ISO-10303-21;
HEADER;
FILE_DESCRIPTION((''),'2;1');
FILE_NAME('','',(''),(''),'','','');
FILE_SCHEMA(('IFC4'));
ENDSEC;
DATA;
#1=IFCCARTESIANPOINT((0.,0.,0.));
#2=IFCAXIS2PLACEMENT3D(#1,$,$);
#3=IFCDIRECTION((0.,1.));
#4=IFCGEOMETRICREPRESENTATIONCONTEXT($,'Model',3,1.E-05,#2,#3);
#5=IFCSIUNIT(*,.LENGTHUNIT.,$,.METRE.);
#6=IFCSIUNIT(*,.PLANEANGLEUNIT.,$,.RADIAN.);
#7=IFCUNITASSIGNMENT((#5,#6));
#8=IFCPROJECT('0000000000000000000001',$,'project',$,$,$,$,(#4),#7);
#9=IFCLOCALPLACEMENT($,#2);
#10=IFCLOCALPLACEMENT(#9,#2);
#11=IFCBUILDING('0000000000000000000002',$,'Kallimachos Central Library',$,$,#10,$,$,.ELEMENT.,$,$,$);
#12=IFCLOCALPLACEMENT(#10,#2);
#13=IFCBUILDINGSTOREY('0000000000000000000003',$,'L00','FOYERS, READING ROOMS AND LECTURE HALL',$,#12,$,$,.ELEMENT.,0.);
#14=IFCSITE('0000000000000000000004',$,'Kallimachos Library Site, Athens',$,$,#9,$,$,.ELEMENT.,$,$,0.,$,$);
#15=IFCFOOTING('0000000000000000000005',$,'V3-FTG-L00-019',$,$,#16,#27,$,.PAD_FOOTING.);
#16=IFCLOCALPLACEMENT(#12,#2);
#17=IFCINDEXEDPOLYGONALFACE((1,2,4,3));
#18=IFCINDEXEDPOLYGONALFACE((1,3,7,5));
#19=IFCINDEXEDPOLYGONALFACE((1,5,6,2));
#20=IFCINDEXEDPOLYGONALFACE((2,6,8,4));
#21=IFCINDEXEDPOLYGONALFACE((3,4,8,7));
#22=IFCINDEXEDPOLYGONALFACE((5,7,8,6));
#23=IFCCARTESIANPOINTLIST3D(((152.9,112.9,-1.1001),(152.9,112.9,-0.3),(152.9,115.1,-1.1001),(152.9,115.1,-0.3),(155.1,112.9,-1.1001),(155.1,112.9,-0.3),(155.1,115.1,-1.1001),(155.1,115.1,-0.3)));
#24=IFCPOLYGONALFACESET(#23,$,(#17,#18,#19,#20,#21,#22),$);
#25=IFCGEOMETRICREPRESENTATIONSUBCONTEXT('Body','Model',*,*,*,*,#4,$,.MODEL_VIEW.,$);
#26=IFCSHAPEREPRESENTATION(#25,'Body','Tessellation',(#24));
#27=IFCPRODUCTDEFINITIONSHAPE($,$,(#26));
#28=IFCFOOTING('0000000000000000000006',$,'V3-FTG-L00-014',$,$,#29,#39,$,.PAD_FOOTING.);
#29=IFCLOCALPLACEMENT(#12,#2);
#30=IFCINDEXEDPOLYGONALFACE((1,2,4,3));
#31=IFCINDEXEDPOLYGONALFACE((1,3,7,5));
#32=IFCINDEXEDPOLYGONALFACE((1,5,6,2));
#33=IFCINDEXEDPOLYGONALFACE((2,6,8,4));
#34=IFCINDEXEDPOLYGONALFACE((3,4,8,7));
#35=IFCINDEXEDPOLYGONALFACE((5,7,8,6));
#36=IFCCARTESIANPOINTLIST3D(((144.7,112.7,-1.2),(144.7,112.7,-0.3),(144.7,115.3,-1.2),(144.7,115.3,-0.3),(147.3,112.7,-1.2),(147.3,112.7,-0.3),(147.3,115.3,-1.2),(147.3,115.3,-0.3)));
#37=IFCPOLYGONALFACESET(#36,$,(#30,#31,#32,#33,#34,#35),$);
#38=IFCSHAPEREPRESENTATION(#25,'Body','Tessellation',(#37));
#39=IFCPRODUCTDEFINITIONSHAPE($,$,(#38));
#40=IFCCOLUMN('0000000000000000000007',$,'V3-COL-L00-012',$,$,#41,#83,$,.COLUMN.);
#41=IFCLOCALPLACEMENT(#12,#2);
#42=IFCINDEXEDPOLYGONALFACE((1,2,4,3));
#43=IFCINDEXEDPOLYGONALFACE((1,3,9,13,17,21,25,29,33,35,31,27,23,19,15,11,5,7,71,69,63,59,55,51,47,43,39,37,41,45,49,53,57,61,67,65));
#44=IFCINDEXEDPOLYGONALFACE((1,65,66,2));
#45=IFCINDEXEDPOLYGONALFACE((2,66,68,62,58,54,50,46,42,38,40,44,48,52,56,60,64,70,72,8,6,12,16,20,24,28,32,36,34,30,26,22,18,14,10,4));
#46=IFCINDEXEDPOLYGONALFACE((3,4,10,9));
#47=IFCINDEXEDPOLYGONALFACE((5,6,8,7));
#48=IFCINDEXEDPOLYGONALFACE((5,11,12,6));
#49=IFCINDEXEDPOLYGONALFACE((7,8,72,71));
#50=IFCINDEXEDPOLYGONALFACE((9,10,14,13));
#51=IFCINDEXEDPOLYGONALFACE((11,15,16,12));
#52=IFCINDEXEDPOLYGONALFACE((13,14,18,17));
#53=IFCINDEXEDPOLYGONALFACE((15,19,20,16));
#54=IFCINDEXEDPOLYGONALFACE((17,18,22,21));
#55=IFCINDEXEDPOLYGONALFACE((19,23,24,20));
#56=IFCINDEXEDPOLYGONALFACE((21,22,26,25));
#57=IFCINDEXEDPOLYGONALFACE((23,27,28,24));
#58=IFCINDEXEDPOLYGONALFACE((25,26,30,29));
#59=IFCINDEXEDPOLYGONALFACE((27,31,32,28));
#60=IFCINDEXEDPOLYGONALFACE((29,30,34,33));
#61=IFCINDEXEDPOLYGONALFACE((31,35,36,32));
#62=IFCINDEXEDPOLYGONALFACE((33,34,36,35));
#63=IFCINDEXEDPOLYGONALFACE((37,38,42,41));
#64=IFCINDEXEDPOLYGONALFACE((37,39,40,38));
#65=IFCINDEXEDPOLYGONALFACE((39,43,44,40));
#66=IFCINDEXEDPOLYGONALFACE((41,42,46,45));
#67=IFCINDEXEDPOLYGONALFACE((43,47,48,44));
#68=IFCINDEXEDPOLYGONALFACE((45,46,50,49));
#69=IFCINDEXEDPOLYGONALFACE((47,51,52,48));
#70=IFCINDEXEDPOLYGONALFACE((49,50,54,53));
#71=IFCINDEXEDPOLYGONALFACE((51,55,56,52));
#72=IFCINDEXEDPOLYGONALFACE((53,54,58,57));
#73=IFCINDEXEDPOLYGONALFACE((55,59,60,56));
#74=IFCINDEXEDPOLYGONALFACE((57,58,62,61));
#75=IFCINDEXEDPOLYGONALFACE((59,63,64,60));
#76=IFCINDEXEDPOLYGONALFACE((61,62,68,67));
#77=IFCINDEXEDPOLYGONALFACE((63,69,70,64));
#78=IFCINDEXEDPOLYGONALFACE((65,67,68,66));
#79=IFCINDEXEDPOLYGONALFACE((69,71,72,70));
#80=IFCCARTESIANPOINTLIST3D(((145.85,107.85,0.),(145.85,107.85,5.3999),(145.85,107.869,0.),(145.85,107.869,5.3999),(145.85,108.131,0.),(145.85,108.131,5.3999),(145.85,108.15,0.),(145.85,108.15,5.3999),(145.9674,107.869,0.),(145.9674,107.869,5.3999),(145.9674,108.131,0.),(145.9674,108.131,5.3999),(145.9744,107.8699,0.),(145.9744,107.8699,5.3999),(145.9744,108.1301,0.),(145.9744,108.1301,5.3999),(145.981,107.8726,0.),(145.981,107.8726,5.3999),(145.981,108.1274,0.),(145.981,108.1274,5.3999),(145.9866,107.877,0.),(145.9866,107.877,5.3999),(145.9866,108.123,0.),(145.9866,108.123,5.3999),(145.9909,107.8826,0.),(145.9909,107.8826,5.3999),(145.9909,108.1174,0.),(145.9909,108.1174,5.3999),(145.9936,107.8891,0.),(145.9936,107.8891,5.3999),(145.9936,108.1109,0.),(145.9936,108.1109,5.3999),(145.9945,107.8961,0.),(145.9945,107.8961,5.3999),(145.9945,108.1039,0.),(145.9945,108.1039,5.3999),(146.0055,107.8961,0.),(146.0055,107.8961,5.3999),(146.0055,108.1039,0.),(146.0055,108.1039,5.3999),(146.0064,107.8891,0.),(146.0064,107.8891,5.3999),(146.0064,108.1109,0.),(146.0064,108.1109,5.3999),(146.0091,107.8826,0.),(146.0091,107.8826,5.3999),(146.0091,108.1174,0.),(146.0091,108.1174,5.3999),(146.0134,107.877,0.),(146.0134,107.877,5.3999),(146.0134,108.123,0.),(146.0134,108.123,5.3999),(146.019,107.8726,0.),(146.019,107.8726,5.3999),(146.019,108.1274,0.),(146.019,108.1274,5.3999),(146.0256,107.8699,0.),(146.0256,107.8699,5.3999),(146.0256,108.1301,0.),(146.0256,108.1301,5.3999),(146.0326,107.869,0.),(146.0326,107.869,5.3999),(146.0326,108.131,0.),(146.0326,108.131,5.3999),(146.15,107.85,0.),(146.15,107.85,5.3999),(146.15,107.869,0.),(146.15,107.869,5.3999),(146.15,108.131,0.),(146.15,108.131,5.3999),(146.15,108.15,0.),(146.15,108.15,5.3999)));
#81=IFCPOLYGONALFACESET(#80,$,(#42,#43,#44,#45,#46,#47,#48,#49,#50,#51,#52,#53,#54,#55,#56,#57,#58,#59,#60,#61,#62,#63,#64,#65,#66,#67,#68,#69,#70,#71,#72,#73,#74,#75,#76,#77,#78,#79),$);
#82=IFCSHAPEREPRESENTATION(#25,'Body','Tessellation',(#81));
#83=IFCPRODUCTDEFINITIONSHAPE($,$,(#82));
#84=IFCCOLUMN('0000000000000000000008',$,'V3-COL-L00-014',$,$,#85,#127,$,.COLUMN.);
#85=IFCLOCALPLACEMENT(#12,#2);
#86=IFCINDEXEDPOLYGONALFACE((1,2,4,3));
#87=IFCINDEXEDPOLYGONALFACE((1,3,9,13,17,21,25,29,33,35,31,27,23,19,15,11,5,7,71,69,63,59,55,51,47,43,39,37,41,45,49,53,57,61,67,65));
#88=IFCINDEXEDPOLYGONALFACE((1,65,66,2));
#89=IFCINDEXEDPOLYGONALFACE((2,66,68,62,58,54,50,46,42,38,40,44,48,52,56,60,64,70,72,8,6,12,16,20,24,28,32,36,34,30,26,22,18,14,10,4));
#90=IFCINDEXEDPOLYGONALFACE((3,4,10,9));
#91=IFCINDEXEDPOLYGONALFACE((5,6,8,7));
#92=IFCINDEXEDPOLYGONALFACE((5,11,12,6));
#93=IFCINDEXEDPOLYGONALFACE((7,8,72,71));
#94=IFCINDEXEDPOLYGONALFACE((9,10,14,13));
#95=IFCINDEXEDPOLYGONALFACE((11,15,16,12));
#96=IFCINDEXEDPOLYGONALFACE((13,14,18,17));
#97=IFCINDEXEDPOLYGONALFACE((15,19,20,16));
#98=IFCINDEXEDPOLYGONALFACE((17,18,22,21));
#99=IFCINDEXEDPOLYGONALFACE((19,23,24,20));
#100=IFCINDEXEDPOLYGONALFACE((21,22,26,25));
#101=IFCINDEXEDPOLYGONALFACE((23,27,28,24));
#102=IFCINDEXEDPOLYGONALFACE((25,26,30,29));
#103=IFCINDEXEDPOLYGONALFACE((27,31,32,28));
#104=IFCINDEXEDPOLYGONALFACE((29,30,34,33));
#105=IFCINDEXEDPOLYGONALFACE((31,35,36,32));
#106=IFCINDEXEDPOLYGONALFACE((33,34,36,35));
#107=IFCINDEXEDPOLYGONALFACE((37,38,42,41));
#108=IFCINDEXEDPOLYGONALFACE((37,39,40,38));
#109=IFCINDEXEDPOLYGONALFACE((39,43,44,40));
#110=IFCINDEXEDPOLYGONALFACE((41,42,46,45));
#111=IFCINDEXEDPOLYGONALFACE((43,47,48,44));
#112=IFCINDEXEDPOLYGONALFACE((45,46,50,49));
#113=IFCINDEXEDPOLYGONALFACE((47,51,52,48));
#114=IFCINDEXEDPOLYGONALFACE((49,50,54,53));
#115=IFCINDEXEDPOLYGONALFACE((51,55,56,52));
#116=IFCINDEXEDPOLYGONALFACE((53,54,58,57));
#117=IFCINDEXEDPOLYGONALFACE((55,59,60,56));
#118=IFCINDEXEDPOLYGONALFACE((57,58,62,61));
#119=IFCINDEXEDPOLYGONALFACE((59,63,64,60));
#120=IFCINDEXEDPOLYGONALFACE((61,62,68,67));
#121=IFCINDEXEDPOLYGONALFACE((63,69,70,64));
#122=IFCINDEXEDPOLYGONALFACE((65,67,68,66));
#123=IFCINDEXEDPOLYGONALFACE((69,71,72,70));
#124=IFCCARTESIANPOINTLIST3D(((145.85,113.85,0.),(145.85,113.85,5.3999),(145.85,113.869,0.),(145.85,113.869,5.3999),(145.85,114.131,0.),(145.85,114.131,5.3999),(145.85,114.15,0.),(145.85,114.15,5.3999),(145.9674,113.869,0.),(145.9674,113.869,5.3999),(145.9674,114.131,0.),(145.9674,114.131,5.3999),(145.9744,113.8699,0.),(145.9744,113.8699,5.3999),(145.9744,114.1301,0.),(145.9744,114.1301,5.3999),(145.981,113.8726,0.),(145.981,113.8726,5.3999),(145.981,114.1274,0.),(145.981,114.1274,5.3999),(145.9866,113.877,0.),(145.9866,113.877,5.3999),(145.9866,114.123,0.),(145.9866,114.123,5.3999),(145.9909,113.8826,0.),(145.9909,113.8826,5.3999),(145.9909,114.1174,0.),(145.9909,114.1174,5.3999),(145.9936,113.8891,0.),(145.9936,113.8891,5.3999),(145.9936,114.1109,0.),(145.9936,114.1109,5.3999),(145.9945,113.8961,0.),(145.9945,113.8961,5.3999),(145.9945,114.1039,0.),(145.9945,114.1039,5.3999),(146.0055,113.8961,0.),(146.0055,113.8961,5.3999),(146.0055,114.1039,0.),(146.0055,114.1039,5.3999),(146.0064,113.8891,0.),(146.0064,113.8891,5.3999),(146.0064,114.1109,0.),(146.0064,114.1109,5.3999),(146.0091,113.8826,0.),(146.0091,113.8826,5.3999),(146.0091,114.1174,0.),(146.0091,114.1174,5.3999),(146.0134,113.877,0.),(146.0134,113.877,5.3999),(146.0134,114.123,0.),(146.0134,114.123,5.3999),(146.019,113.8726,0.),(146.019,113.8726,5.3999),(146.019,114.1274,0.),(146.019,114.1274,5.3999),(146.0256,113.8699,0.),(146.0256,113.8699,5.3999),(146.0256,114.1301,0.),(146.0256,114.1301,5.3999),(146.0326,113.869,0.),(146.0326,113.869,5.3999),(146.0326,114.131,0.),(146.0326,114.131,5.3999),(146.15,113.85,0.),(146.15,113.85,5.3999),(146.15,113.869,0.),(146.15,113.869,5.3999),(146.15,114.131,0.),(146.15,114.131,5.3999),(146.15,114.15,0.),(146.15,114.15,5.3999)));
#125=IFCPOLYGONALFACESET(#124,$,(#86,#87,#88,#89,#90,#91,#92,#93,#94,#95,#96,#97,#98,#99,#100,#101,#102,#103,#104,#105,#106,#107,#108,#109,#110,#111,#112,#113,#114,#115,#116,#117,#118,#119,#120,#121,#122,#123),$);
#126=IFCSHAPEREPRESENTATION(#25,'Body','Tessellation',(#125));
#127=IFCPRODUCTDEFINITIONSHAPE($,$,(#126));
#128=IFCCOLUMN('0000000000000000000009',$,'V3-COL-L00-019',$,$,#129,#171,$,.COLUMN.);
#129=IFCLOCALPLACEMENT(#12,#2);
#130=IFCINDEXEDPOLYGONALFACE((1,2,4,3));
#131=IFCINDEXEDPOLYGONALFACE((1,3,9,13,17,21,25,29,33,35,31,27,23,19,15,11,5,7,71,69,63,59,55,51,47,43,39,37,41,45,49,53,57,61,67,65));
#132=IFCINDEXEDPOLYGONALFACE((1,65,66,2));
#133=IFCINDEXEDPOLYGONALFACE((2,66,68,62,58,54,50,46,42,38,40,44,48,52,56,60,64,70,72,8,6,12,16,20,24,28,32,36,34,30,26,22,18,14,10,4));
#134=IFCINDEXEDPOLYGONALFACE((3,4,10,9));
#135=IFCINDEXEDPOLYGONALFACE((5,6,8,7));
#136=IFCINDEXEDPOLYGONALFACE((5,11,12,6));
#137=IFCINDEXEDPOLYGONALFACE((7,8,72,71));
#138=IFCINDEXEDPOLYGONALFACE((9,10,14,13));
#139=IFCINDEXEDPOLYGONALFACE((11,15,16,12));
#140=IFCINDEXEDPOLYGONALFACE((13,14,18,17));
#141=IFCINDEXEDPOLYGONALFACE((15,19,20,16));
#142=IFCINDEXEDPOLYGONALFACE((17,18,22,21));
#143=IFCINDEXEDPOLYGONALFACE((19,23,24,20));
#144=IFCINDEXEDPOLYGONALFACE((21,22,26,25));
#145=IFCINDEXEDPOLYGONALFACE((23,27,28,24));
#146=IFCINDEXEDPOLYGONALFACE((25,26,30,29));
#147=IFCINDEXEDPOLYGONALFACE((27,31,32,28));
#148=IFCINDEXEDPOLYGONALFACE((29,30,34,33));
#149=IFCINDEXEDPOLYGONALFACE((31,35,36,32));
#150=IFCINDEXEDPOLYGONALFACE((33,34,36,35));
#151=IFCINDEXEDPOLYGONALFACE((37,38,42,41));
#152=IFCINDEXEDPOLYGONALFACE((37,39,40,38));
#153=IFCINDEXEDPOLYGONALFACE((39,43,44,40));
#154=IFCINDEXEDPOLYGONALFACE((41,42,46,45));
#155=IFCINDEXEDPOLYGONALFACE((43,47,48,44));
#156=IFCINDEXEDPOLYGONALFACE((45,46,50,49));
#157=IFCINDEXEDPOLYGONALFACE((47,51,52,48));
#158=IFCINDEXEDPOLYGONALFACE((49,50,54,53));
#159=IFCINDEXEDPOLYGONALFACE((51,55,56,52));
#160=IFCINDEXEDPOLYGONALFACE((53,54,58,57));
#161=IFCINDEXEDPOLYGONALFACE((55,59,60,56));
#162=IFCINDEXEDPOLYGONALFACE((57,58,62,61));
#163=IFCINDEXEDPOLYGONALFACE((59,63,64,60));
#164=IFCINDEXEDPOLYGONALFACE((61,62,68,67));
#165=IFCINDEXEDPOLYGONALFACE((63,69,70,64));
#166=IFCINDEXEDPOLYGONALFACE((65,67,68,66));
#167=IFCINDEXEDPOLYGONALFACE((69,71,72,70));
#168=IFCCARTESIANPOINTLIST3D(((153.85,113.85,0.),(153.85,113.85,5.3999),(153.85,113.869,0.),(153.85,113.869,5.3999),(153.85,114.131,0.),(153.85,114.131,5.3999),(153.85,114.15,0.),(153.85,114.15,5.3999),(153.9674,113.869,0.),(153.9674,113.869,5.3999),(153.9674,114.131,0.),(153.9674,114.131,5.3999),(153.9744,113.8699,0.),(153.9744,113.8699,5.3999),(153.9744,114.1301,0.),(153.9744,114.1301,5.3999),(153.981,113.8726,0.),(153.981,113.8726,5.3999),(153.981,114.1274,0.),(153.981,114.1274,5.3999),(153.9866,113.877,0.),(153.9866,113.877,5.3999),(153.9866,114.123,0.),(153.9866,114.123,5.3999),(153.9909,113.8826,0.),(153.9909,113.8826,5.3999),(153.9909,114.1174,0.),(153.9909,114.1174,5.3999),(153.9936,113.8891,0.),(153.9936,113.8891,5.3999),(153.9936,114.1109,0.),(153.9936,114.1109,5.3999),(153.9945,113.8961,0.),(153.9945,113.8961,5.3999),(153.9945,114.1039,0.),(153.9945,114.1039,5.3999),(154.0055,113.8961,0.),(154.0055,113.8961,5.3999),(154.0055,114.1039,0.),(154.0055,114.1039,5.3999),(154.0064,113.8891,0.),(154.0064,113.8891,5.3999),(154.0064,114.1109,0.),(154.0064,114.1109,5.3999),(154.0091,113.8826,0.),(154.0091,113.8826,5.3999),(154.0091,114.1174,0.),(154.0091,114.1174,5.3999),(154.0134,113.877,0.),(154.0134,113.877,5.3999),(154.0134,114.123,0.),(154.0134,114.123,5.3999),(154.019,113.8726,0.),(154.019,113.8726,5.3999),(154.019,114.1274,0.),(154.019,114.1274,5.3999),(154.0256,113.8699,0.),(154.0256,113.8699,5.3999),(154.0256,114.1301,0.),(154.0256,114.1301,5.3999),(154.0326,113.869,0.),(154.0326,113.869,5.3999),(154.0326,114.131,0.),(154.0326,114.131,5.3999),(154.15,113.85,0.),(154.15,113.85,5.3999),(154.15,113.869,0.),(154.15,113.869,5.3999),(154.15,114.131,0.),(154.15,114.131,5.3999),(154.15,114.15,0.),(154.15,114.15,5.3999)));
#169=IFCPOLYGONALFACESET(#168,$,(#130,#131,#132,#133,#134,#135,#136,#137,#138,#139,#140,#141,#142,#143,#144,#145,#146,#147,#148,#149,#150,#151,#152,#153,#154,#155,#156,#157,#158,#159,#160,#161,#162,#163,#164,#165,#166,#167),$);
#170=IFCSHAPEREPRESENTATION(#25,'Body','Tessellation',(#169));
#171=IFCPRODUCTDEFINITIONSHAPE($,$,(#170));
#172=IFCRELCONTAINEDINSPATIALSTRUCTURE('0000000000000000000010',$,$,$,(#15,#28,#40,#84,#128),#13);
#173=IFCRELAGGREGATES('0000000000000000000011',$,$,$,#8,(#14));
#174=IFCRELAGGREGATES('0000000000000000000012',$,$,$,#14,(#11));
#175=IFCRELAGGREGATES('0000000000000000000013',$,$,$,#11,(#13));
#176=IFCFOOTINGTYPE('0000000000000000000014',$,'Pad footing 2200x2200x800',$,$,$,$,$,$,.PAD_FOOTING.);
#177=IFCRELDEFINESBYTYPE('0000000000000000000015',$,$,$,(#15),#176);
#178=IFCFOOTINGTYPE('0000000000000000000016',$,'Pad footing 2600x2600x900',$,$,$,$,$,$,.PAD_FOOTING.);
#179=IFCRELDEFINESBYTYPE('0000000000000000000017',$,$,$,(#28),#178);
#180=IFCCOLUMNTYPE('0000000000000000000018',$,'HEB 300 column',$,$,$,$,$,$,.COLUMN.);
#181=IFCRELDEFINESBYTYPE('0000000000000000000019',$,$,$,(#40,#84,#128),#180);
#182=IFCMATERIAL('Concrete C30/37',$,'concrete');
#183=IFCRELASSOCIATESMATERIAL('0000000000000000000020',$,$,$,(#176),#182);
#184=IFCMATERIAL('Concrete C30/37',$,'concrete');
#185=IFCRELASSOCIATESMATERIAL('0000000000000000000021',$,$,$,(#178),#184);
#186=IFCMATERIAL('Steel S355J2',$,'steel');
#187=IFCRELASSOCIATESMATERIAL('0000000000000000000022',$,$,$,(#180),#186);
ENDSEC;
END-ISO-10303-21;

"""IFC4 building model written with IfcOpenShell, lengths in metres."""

from ifc_helpers import new_model, si_unit, direction, frame, origin, origin_2d, place, context, subcontext, project, spatial, rectangle, i_section, extrude, material, material_profile, profile_set, type_object, element, save


model = new_model("IFC4")

# Units and contexts
model_context = context("Model", 3, precision=1e-05, world=origin(), true_north=direction((0.0, 1.0)))
body_context = subcontext(model_context, "Body", "Model", "MODEL_VIEW")
ifc_project = project(units=[si_unit("LENGTHUNIT", "METRE"), si_unit("PLANEANGLEUNIT", "RADIAN")], contexts=[model_context])

# Site, building, storey
site_placement = place(None, origin())
site = spatial("IfcSite", under=ifc_project, at=site_placement, Name="Kallimachos Library Site, Athens", CompositionType="ELEMENT", RefElevation=0.0)
building_placement = place(site_placement, origin())
building = spatial("IfcBuilding", under=site, at=building_placement, Name="Kallimachos Central Library", CompositionType="ELEMENT")
storey_placement = place(building_placement, origin())
storey = spatial("IfcBuildingStorey", under=building, at=storey_placement, Name="L00", Description="FOYERS, READING ROOMS AND LECTURE HALL", CompositionType="ELEMENT", Elevation=0.0)

# Footings
ifc_material_1 = material(Name="Concrete C30/37", Category="concrete")
footing_type_1 = type_object("IfcFootingType", Name="Pad footing 2200x2200x800", PredefinedType="PAD_FOOTING", material=ifc_material_1)
footing_1_placement = place(storey_placement, frame((154.0, 114.0, -1.1001), z_axis=(0.0, 0.0, 1.0), x_axis=(1.0, 0.0, 0.0)))
element("IfcFooting", 1, at=footing_1_placement, inside=storey, type_object=footing_type_1, Name="V3-FTG-L00-019", PredefinedType="PAD_FOOTING", context=body_context, shape_type="SweptSolid", body=[
    extrude(rectangle(XDim=2.2, YDim=2.2, at=origin_2d()), origin(), (0.0, 0.0, 1.0), 0.8),
])
ifc_material_2 = material(Name="Concrete C30/37", Category="concrete")
footing_type_2 = type_object("IfcFootingType", Name="Pad footing 2600x2600x900", PredefinedType="PAD_FOOTING", material=ifc_material_2)
footing_2_placement = place(storey_placement, frame((146.0, 114.0, -1.2), z_axis=(0.0, 0.0, 1.0), x_axis=(1.0, 0.0, 0.0)))
element("IfcFooting", 2, at=footing_2_placement, inside=storey, type_object=footing_type_2, Name="V3-FTG-L00-014", PredefinedType="PAD_FOOTING", context=body_context, shape_type="SweptSolid", body=[
    extrude(rectangle(XDim=2.6001, YDim=2.6001, at=origin_2d()), origin(), (0.0, 0.0, 1.0), 0.8999),
])

# Columns
ifc_material_3 = material(Name="Steel S355J2", Category="steel")
ifc_material_profile_1 = material_profile(ifc_material_3, i_section(OverallWidth=0.3, OverallDepth=0.3, WebThickness=0.011, FlangeThickness=0.019, FilletRadius=0.0271, at=origin_2d()), Name="HEB 300")
ifc_profile_set_1 = profile_set([ifc_material_profile_1], Name="Steel S355J2")
column_type = type_object("IfcColumnType", Name="HEB 300 column", PredefinedType="COLUMN", material=ifc_profile_set_1)
for number, where, z_axis, x_axis, name in (
    (3, (146.0, 108.0, 0.0), (0.0, 0.0, 1.0), (1.0, 0.0, 0.0), "V3-COL-L00-012"),
    (4, (146.0, 114.0, 0.0), (0.0, 0.0, 1.0), (1.0, 0.0, 0.0), "V3-COL-L00-014"),
    (5, (154.0, 114.0, 0.0), (0.0, 0.0, 1.0), (1.0, 0.0, 0.0), "V3-COL-L00-019"),
):
    element("IfcColumn", number, at=place(storey_placement, frame(where, z_axis=z_axis, x_axis=x_axis)), inside=storey, type_object=column_type, Name=name, PredefinedType="COLUMN", context=body_context, shape_type="SweptSolid", body=[
        extrude(i_section(OverallWidth=0.3, OverallDepth=0.3, WebThickness=0.011, FlangeThickness=0.019, FilletRadius=0.0271, at=origin_2d()), origin(), (0.0, 0.0, 1.0), 5.3999),
    ])

save(model, "model.ifc")
